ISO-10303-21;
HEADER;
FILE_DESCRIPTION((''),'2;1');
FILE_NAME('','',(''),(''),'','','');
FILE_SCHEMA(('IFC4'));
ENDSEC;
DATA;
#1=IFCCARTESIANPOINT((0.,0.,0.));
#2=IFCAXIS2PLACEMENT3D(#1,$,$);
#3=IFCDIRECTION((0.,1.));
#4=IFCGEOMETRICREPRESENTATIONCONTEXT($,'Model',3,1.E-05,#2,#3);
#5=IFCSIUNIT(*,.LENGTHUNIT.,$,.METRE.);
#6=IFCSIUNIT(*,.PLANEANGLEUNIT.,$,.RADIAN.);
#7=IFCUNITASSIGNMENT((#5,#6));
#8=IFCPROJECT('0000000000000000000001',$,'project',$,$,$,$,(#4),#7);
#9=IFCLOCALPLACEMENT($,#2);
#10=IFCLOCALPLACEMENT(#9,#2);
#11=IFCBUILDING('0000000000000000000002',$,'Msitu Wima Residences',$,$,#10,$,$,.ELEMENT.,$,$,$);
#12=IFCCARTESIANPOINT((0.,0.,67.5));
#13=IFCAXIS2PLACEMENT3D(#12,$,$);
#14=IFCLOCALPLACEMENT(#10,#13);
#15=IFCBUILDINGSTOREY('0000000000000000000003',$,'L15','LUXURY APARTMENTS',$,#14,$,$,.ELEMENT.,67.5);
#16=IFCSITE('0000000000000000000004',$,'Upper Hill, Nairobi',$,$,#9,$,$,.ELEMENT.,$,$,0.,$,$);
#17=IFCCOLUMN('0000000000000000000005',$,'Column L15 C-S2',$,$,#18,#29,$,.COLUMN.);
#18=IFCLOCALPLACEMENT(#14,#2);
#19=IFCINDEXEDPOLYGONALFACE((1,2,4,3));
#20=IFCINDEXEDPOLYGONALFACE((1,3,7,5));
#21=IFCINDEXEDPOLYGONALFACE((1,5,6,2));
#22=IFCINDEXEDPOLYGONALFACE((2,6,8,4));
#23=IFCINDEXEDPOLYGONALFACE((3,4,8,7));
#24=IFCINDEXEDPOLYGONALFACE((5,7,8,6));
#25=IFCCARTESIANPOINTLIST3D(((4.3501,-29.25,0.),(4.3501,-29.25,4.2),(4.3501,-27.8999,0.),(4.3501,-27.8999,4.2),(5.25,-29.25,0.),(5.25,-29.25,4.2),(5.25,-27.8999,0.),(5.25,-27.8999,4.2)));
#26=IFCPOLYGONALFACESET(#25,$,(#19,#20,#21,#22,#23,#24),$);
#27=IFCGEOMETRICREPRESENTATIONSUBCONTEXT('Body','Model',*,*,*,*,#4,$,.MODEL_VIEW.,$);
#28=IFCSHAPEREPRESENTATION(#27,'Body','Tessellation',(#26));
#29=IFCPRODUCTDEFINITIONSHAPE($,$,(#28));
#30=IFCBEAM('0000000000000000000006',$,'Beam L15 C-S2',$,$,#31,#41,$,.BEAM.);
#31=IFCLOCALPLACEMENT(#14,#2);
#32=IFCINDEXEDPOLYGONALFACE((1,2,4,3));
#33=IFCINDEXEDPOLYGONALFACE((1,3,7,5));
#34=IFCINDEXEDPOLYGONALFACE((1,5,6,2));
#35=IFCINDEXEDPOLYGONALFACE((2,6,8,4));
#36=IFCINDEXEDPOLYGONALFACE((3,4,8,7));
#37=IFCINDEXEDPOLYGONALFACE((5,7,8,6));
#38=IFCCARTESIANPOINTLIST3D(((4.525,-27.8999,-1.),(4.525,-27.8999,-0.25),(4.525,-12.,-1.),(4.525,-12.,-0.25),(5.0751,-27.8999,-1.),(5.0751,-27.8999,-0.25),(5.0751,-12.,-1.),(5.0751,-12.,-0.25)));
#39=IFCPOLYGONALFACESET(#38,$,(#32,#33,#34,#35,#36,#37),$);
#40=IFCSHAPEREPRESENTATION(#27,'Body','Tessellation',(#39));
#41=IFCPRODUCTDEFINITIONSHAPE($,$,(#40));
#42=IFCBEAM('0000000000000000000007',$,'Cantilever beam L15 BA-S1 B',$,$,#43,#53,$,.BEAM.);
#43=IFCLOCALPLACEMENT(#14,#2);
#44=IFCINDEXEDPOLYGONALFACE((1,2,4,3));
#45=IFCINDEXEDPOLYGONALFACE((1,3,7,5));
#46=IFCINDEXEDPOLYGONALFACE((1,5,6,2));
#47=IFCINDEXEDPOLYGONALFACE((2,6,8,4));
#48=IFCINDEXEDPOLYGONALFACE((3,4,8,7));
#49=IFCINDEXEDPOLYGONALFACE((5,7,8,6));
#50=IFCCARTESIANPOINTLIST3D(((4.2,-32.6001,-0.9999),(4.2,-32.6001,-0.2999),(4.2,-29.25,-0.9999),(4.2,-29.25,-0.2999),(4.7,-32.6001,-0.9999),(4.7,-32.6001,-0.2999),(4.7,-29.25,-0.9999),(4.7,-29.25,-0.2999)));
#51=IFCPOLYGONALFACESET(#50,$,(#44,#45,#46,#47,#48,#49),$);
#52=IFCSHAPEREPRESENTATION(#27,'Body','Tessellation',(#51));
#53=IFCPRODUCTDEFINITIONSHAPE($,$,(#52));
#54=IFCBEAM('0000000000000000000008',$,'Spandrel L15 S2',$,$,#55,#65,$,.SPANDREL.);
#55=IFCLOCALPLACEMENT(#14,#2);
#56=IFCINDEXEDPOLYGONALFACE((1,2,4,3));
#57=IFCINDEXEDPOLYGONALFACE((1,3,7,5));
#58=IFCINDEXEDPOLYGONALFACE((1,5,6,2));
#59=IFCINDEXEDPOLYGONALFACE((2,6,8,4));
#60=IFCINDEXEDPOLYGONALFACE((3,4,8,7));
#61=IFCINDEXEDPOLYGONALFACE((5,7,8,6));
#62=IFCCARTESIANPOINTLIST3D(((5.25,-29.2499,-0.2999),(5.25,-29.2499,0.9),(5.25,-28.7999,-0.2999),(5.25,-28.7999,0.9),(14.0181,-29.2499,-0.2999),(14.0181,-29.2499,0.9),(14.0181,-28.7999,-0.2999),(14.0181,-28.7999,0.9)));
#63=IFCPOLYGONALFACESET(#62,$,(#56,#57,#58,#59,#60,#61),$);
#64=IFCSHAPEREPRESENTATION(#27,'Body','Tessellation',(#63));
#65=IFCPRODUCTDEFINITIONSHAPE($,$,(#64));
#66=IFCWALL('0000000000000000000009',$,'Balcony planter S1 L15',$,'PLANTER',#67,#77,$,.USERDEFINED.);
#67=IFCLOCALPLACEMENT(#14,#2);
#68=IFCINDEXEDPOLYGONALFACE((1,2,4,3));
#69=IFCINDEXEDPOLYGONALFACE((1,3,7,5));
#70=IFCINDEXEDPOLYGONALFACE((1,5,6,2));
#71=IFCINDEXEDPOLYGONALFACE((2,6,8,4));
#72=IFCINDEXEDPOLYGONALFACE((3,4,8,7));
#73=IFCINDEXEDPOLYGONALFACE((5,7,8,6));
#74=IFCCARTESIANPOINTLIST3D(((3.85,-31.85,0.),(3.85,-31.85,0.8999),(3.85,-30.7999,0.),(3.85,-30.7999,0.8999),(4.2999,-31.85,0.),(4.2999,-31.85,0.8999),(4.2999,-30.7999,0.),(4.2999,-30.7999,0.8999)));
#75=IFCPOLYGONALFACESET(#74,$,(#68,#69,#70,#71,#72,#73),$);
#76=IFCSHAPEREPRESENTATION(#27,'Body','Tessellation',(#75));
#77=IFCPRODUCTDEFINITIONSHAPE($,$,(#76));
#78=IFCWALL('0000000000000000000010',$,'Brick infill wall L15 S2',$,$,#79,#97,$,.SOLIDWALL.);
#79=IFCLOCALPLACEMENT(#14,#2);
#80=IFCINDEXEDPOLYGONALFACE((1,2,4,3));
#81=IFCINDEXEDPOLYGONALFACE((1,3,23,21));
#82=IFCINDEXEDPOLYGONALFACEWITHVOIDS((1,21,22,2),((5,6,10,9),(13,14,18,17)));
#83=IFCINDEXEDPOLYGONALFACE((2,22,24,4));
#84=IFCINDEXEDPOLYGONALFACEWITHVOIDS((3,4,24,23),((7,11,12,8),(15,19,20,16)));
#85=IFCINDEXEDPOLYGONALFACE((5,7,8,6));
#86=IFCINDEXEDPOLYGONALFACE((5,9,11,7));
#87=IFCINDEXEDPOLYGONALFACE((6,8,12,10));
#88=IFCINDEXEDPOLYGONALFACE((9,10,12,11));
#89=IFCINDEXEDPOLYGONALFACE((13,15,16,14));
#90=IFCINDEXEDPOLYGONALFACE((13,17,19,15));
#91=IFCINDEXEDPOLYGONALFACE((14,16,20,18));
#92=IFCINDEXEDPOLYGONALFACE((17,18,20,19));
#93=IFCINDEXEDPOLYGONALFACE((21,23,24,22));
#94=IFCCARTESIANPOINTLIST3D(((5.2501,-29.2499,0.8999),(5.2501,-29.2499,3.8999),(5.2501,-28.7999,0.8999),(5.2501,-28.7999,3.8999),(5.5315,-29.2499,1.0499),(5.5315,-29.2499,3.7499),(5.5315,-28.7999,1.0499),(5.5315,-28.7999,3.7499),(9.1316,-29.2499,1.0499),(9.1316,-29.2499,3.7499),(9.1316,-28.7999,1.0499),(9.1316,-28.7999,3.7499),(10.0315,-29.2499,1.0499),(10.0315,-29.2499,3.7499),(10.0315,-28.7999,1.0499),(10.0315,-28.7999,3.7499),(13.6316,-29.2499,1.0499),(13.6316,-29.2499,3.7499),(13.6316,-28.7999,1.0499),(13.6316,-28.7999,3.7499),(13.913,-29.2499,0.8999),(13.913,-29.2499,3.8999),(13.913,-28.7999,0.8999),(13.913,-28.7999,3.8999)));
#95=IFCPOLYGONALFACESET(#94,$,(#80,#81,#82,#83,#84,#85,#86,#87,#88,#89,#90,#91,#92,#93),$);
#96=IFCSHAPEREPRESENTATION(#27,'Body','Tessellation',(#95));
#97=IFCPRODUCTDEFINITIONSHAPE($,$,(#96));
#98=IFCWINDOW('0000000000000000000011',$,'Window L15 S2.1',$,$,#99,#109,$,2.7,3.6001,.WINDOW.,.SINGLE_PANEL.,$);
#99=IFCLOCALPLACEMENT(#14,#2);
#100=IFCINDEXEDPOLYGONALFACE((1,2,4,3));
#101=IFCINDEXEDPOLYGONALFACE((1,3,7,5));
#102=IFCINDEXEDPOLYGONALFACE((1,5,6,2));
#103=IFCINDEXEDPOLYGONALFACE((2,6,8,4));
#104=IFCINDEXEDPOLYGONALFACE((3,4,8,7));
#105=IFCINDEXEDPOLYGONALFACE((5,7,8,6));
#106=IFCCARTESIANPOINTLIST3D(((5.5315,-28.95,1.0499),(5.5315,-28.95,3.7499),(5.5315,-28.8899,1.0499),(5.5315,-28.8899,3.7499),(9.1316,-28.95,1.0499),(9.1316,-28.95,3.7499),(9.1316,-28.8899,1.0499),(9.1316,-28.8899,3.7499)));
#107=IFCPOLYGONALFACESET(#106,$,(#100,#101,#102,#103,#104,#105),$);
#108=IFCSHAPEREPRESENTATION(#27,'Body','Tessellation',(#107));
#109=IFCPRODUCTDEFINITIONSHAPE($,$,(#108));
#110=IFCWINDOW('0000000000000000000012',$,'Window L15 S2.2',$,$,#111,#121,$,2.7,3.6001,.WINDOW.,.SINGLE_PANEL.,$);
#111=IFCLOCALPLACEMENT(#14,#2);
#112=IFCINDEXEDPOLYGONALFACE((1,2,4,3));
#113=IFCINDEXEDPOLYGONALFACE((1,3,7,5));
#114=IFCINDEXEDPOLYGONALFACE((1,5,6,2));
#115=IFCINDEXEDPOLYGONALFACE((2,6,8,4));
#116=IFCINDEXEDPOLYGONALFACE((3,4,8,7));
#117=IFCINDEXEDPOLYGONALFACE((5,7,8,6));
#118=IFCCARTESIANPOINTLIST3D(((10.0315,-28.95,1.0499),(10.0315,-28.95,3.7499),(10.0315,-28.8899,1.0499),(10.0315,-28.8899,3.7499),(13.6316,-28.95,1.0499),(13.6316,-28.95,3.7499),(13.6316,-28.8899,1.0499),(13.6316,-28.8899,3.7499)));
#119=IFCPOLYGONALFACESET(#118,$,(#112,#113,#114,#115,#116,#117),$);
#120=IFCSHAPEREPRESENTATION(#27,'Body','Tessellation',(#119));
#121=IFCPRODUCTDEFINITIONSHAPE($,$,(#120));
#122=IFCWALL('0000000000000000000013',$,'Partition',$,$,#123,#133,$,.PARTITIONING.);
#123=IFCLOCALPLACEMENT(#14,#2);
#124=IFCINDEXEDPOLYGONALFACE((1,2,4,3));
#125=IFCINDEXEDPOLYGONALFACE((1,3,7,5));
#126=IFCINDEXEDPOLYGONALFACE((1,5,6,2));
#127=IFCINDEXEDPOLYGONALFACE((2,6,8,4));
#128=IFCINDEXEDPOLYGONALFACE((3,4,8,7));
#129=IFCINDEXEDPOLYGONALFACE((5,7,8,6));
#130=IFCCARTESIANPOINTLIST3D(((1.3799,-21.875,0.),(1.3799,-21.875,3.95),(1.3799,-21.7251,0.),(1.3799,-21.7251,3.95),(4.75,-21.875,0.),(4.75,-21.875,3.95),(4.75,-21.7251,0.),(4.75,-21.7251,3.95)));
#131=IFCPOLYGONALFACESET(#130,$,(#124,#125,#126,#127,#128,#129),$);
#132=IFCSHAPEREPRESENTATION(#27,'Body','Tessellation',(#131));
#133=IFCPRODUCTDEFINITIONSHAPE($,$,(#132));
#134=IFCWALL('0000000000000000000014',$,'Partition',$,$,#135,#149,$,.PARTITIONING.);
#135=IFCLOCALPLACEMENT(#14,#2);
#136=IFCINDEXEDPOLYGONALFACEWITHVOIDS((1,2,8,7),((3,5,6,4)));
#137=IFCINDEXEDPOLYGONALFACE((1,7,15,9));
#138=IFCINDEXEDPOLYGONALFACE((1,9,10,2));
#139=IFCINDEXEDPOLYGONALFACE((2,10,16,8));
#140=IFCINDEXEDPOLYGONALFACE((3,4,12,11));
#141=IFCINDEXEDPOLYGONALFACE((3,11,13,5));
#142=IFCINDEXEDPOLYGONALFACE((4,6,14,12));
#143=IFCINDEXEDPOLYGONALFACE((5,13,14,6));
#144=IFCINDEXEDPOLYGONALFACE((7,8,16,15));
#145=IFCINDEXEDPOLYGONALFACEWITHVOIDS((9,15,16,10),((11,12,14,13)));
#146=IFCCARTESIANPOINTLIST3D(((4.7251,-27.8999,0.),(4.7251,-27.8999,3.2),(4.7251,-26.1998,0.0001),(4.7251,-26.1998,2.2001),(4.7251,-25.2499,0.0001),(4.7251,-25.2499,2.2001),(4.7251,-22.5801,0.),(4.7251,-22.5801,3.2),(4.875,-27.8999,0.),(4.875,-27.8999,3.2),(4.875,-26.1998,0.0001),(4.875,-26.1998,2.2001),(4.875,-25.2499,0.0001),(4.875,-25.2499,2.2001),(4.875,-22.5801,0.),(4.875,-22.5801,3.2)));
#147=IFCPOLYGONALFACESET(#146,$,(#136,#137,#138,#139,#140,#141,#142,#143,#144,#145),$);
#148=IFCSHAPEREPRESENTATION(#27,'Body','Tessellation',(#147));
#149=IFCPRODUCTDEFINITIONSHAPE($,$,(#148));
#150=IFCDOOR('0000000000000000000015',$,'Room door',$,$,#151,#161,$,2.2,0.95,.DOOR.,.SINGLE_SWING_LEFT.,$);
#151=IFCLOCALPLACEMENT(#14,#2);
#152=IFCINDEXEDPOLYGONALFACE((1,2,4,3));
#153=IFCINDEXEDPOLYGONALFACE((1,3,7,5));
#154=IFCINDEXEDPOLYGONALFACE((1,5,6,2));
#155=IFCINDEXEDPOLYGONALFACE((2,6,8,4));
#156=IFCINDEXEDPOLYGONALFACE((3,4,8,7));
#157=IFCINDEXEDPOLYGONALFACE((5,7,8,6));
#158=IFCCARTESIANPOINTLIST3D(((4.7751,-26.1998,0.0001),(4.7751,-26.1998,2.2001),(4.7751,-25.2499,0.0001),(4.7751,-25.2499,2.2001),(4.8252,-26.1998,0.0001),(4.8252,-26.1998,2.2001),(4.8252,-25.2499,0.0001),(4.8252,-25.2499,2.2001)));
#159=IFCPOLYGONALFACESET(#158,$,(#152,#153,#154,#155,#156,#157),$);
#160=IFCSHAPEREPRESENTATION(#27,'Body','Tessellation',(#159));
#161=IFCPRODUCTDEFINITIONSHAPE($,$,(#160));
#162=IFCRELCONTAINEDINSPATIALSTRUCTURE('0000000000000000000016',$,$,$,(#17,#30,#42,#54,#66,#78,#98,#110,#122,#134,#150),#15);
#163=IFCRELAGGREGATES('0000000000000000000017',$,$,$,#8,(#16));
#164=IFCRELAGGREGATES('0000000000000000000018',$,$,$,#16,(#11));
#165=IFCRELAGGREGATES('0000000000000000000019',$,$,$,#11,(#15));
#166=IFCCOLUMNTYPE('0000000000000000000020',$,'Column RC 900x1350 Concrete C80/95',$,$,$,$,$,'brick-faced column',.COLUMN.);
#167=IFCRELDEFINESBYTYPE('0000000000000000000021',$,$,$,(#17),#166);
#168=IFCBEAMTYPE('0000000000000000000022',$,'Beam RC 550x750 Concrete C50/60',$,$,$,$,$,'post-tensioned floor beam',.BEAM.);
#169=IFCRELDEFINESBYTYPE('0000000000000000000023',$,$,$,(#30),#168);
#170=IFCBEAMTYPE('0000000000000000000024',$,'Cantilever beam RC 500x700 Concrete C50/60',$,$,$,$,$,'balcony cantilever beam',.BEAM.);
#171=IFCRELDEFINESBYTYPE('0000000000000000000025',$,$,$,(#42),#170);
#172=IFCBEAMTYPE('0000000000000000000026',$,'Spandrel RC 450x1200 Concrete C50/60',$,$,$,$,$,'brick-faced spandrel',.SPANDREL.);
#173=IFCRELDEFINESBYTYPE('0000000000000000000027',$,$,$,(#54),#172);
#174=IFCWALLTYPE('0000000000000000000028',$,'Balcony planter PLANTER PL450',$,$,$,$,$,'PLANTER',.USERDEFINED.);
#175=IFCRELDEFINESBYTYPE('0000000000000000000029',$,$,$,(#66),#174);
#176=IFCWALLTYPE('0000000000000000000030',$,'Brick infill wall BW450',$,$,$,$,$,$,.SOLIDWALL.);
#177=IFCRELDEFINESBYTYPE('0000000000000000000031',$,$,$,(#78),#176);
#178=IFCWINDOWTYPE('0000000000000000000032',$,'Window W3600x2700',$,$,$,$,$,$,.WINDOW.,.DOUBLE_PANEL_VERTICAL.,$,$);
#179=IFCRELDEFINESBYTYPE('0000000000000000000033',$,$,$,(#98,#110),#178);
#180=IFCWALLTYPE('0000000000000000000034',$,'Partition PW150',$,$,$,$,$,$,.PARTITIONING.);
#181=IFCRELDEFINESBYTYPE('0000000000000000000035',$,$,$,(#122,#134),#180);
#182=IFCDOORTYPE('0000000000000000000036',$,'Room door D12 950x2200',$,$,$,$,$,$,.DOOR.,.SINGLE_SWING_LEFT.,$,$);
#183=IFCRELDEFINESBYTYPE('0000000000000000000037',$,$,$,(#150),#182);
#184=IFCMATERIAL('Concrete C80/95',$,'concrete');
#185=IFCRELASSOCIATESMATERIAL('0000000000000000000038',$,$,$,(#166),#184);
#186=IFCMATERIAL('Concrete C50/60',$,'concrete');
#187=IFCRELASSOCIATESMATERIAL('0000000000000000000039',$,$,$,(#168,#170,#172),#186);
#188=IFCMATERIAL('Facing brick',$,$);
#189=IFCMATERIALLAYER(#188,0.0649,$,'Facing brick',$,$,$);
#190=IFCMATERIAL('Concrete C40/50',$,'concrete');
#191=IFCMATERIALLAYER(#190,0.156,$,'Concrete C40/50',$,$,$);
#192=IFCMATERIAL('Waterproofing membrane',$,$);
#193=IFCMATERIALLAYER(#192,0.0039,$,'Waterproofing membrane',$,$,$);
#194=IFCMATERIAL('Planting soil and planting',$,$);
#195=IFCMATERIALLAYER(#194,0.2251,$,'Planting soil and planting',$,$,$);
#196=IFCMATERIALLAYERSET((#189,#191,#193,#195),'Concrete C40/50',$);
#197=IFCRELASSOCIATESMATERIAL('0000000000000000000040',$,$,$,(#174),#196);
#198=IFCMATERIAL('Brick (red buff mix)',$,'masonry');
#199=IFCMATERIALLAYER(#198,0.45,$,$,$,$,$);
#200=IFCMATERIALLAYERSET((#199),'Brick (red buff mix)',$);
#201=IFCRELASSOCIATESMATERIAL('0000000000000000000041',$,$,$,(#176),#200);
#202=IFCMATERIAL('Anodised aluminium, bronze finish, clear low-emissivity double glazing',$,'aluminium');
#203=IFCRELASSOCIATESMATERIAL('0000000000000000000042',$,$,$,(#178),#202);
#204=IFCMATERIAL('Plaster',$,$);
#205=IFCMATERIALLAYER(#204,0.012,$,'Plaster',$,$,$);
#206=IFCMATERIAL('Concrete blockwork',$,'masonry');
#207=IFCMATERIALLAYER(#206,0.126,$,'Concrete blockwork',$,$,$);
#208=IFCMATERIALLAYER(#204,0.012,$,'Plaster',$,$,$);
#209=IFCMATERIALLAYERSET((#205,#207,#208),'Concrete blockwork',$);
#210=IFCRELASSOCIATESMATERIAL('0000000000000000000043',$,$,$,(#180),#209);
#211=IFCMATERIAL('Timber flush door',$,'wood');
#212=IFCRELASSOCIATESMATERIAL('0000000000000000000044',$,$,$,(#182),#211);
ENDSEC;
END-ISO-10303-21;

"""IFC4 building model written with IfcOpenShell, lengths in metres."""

from ifc_helpers import new_model, si_unit, direction, frame, frame_2d, origin, origin_2d, place, context, subcontext, project, spatial, rectangle, extrude, material, layer, layer_set, material_profile, profile_set, type_object, element, fill, save


model = new_model("IFC4")

# Units and contexts
model_context = context("Model", 3, precision=1e-05, world=origin(), true_north=direction((0.0, 1.0)))
body_context = subcontext(model_context, "Body", "Model", "MODEL_VIEW")
ifc_project = project(units=[si_unit("LENGTHUNIT", "METRE"), si_unit("PLANEANGLEUNIT", "RADIAN")], contexts=[model_context])

# Site, building, storey
site_placement = place(None, origin())
site = spatial("IfcSite", under=ifc_project, at=site_placement, Name="Upper Hill, Nairobi", CompositionType="ELEMENT", RefElevation=0.0)
building_placement = place(site_placement, origin())
building = spatial("IfcBuilding", under=site, at=building_placement, Name="Msitu Wima Residences", CompositionType="ELEMENT")
storey_placement = place(building_placement, frame((0.0, 0.0, 67.5)))
storey = spatial("IfcBuildingStorey", under=building, at=storey_placement, Name="L15", Description="LUXURY APARTMENTS", CompositionType="ELEMENT", Elevation=67.5)

# Column
ifc_material_1 = material(Name="Concrete C80/95", Category="concrete")
ifc_material_profile_1 = material_profile(ifc_material_1, rectangle(XDim=0.8999, YDim=1.3501, at=origin_2d()), Name="RC 900x1350")
ifc_profile_set_1 = profile_set([ifc_material_profile_1], Name="Concrete C80/95")
column_type = type_object("IfcColumnType", Name="Column RC 900x1350 Concrete C80/95", ElementType="brick-faced column", PredefinedType="COLUMN", material=ifc_profile_set_1)
column_placement = place(storey_placement, frame((4.8, -28.575, 0.0), z_axis=(0.0, 0.0, 1.0), x_axis=(1.0, 0.0, 0.0)))
element("IfcColumn", 1, at=column_placement, inside=storey, type_object=column_type, Name="Column L15 C-S2", PredefinedType="COLUMN", context=body_context, shape_type="SweptSolid", body=[
    extrude(rectangle(XDim=0.8999, YDim=1.3501, at=origin_2d()), origin(), (0.0, 0.0, 1.0), 4.2),
])

# Beams
ifc_material_2 = material(Name="Concrete C50/60", Category="concrete")
ifc_material_profile_2 = material_profile(ifc_material_2, rectangle(XDim=0.55, YDim=0.75, at=origin_2d()), Name="RC 550x750")
ifc_profile_set_2 = profile_set([ifc_material_profile_2], Name="Concrete C50/60")
beam_type_1 = type_object("IfcBeamType", Name="Beam RC 550x750 Concrete C50/60", ElementType="post-tensioned floor beam", PredefinedType="BEAM", material=ifc_profile_set_2)
beam_1_placement = place(storey_placement, frame((4.8, -27.8999, -0.625), z_axis=(0.0, 1.0, 0.0), x_axis=(-1.0, 0.0, 0.0)))
element("IfcBeam", 2, at=beam_1_placement, inside=storey, type_object=beam_type_1, Name="Beam L15 C-S2", PredefinedType="BEAM", context=body_context, shape_type="SweptSolid", body=[
    extrude(rectangle(XDim=0.55, YDim=0.75, at=origin_2d()), origin(), (0.0, 0.0, 1.0), 15.8999),
])
ifc_material_profile_3 = material_profile(ifc_material_2, rectangle(XDim=0.5, YDim=0.7, at=origin_2d()), Name="RC 500x700")
ifc_profile_set_3 = profile_set([ifc_material_profile_3], Name="Concrete C50/60")
beam_type_2 = type_object("IfcBeamType", Name="Cantilever beam RC 500x700 Concrete C50/60", ElementType="balcony cantilever beam", PredefinedType="BEAM", material=ifc_profile_set_3)
beam_2_placement = place(storey_placement, frame((4.45, -29.25, -0.6499), z_axis=(0.0, -1.0, 0.0), x_axis=(1.0, 0.0, 0.0)))
element("IfcBeam", 3, at=beam_2_placement, inside=storey, type_object=beam_type_2, Name="Cantilever beam L15 BA-S1 B", PredefinedType="BEAM", context=body_context, shape_type="SweptSolid", body=[
    extrude(rectangle(XDim=0.5, YDim=0.7, at=origin_2d()), origin(), (0.0, 0.0, 1.0), 3.3501),
])
ifc_material_profile_4 = material_profile(ifc_material_2, rectangle(XDim=0.45, YDim=1.2, at=origin_2d()), Name="RC 450x1200")
ifc_profile_set_4 = profile_set([ifc_material_profile_4], Name="Concrete C50/60")
beam_type_3 = type_object("IfcBeamType", Name="Spandrel RC 450x1200 Concrete C50/60", ElementType="brick-faced spandrel", PredefinedType="SPANDREL", material=ifc_profile_set_4)
beam_3_placement = place(storey_placement, frame((5.25, -29.0249, 0.3), z_axis=(1.0, 0.0, 0.0), x_axis=(0.0, 1.0, 0.0)))
element("IfcBeam", 4, at=beam_3_placement, inside=storey, type_object=beam_type_3, Name="Spandrel L15 S2", PredefinedType="SPANDREL", context=body_context, shape_type="SweptSolid", body=[
    extrude(rectangle(XDim=0.45, YDim=1.2, at=origin_2d()), origin(), (0.0, 0.0, 1.0), 8.7681),
])

# Wall
ifc_material_3 = material(Name="Facing brick")
ifc_layer_1 = layer(ifc_material_3, 0.0649, Name="Facing brick")
ifc_material_4 = material(Name="Concrete C40/50", Category="concrete")
ifc_layer_2 = layer(ifc_material_4, 0.156, Name="Concrete C40/50")
ifc_material_5 = material(Name="Waterproofing membrane")
ifc_layer_3 = layer(ifc_material_5, 0.0039, Name="Waterproofing membrane")
ifc_material_6 = material(Name="Planting soil and planting")
ifc_layer_4 = layer(ifc_material_6, 0.2251, Name="Planting soil and planting")
ifc_layer_set_1 = layer_set([ifc_layer_1, ifc_layer_2, ifc_layer_3, ifc_layer_4], Name="Concrete C40/50")
wall_type_1 = type_object("IfcWallType", Name="Balcony planter PLANTER PL450", ElementType="PLANTER", PredefinedType="USERDEFINED", material=ifc_layer_set_1)
wall_1_placement = place(storey_placement, frame((4.075, -30.8, 0.0), z_axis=(0.0, 0.0, 1.0), x_axis=(0.0, -1.0, 0.0)))
element("IfcWall", 5, at=wall_1_placement, inside=storey, type_object=wall_type_1, Name="Balcony planter S1 L15", ObjectType="PLANTER", PredefinedType="USERDEFINED", context=body_context, shape_type="SweptSolid", body=[
    extrude(rectangle(XDim=1.05, YDim=0.45, at=frame_2d((0.5249, 0.0))), origin(), (0.0, 0.0, 1.0), 0.8999),
])

# Wall, openings, windows
ifc_material_7 = material(Name="Brick (red buff mix)", Category="masonry")
ifc_layer_5 = layer(ifc_material_7, 0.45)
ifc_layer_set_2 = layer_set([ifc_layer_5], Name="Brick (red buff mix)")
wall_type_2 = type_object("IfcWallType", Name="Brick infill wall BW450", PredefinedType="SOLIDWALL", material=ifc_layer_set_2)
wall_2_placement = place(storey_placement, frame((5.25, -29.0249, 0.8999), z_axis=(0.0, 0.0, 1.0), x_axis=(1.0, 0.0, 0.0)))
wall_2 = element("IfcWall", 6, at=wall_2_placement, inside=storey, type_object=wall_type_2, Name="Brick infill wall L15 S2", PredefinedType="SOLIDWALL", context=body_context, shape_type="SweptSolid", body=[
    extrude(rectangle(XDim=8.6628, YDim=0.45, at=frame_2d((4.3315, 0.0))), origin(), (0.0, 0.0, 1.0), 3.0),
])
opening_1_placement = place(wall_2_placement, frame((0.2815, 0.0, 0.1499)))
opening_1 = element("IfcOpeningElement", 7, at=opening_1_placement, cuts=wall_2, PredefinedType="OPENING", context=body_context, shape_type="SweptSolid", body=[
    extrude(rectangle(XDim=3.6001, YDim=2.7, at=frame_2d((1.8, 1.3501))), frame((0.0, 0.2349, 0.0), z_axis=(0.0, -1.0, 0.0), x_axis=(1.0, 0.0, 0.0)), (0.0, 0.0, 1.0), 0.47),
])
opening_2_placement = place(wall_2_placement, frame((4.7815, 0.0, 0.1499)))
opening_2 = element("IfcOpeningElement", 8, at=opening_2_placement, cuts=wall_2, PredefinedType="OPENING", context=body_context, shape_type="SweptSolid", body=[
    extrude(rectangle(XDim=3.6001, YDim=2.7, at=frame_2d((1.8, 1.3501))), frame((0.0, 0.2349, 0.0), z_axis=(0.0, -1.0, 0.0), x_axis=(1.0, 0.0, 0.0)), (0.0, 0.0, 1.0), 0.47),
])
ifc_material_8 = material(Name="Anodised aluminium, bronze finish, clear low-emissivity double glazing", Category="aluminium")
window_type = type_object("IfcWindowType", Name="Window W3600x2700", PartitioningType="DOUBLE_PANEL_VERTICAL", PredefinedType="WINDOW", material=ifc_material_8)
window_1_placement = place(opening_1_placement, origin())
window_1 = element("IfcWindow", 9, at=window_1_placement, inside=storey, type_object=window_type, Name="Window L15 S2.1", OverallHeight=2.7, OverallWidth=3.6001, PartitioningType="SINGLE_PANEL", PredefinedType="WINDOW", context=body_context, shape_type="SweptSolid", body=[
    extrude(rectangle(XDim=3.6001, YDim=2.7, at=frame_2d((1.8, 1.3501))), frame((0.0, 0.135, 0.0), z_axis=(0.0, -1.0, 0.0), x_axis=(1.0, 0.0, 0.0)), (0.0, 0.0, 1.0), 0.0601),
])
fill(opening_1, window_1)
window_2_placement = place(opening_2_placement, origin())
window_2 = element("IfcWindow", 10, at=window_2_placement, inside=storey, type_object=window_type, Name="Window L15 S2.2", OverallHeight=2.7, OverallWidth=3.6001, PartitioningType="SINGLE_PANEL", PredefinedType="WINDOW", context=body_context, shape_type="SweptSolid", body=[
    extrude(rectangle(XDim=3.6001, YDim=2.7, at=frame_2d((1.8, 1.3501))), frame((0.0, 0.135, 0.0), z_axis=(0.0, -1.0, 0.0), x_axis=(1.0, 0.0, 0.0)), (0.0, 0.0, 1.0), 0.0601),
])
fill(opening_2, window_2)

# Wall
ifc_material_9 = material(Name="Plaster")
ifc_layer_6 = layer(ifc_material_9, 0.012, Name="Plaster")
ifc_material_10 = material(Name="Concrete blockwork", Category="masonry")
ifc_layer_7 = layer(ifc_material_10, 0.126, Name="Concrete blockwork")
ifc_layer_8 = layer(ifc_material_9, 0.012, Name="Plaster")
ifc_layer_set_3 = layer_set([ifc_layer_6, ifc_layer_7, ifc_layer_8], Name="Concrete blockwork")
wall_type_3 = type_object("IfcWallType", Name="Partition PW150", PredefinedType="PARTITIONING", material=ifc_layer_set_3)
wall_3_placement = place(storey_placement, frame((1.3799, -21.8, 0.0), z_axis=(0.0, 0.0, 1.0), x_axis=(1.0, 0.0, 0.0)))
element("IfcWall", 11, at=wall_3_placement, inside=storey, type_object=wall_type_3, Name="Partition", PredefinedType="PARTITIONING", context=body_context, shape_type="SweptSolid", body=[
    extrude(rectangle(XDim=3.3701, YDim=0.1499, at=frame_2d((1.6851, 0.0))), origin(), (0.0, 0.0, 1.0), 3.95),
])

# Wall, opening, door
wall_4_placement = place(storey_placement, frame((4.8, -27.8999, 0.0), z_axis=(0.0, 0.0, 1.0), x_axis=(0.0, 1.0, 0.0)))
wall_4 = element("IfcWall", 12, at=wall_4_placement, inside=storey, type_object=wall_type_3, Name="Partition", PredefinedType="PARTITIONING", context=body_context, shape_type="SweptSolid", body=[
    extrude(rectangle(XDim=5.3198, YDim=0.1499, at=frame_2d((2.6599, 0.0))), origin(), (0.0, 0.0, 1.0), 3.2),
])
opening_3_placement = place(wall_4_placement, frame((1.7, 0.0, 0.0)))
opening_3 = element("IfcOpeningElement", 13, at=opening_3_placement, cuts=wall_4, PredefinedType="OPENING", context=body_context, shape_type="SweptSolid", body=[
    extrude(rectangle(XDim=0.95, YDim=2.2, at=frame_2d((0.4751, 1.1001))), frame((0.0, 0.085, 0.0), z_axis=(0.0, -1.0, 0.0), x_axis=(1.0, 0.0, 0.0)), (0.0, 0.0, 1.0), 0.1699),
])
ifc_material_11 = material(Name="Timber flush door", Category="wood")
door_type_1 = type_object("IfcDoorType", Name="Room door D12 950x2200", OperationType="SINGLE_SWING_LEFT", PredefinedType="DOOR", material=ifc_material_11)
door_1_placement = place(opening_3_placement, origin())
door_1 = element("IfcDoor", 14, at=door_1_placement, inside=storey, type_object=door_type_1, Name="Room door", OperationType="SINGLE_SWING_LEFT", OverallHeight=2.2, OverallWidth=0.95, PredefinedType="DOOR", context=body_context, shape_type="SweptSolid", body=[
    extrude(rectangle(XDim=0.95, YDim=2.2, at=frame_2d((0.4751, 1.1001))), frame((0.0, 0.0249, 0.0), z_axis=(0.0, -1.0, 0.0), x_axis=(1.0, 0.0, 0.0)), (0.0, 0.0, 1.0), 0.05),
])
fill(opening_3, door_1)

save(model, "model.ifc")
